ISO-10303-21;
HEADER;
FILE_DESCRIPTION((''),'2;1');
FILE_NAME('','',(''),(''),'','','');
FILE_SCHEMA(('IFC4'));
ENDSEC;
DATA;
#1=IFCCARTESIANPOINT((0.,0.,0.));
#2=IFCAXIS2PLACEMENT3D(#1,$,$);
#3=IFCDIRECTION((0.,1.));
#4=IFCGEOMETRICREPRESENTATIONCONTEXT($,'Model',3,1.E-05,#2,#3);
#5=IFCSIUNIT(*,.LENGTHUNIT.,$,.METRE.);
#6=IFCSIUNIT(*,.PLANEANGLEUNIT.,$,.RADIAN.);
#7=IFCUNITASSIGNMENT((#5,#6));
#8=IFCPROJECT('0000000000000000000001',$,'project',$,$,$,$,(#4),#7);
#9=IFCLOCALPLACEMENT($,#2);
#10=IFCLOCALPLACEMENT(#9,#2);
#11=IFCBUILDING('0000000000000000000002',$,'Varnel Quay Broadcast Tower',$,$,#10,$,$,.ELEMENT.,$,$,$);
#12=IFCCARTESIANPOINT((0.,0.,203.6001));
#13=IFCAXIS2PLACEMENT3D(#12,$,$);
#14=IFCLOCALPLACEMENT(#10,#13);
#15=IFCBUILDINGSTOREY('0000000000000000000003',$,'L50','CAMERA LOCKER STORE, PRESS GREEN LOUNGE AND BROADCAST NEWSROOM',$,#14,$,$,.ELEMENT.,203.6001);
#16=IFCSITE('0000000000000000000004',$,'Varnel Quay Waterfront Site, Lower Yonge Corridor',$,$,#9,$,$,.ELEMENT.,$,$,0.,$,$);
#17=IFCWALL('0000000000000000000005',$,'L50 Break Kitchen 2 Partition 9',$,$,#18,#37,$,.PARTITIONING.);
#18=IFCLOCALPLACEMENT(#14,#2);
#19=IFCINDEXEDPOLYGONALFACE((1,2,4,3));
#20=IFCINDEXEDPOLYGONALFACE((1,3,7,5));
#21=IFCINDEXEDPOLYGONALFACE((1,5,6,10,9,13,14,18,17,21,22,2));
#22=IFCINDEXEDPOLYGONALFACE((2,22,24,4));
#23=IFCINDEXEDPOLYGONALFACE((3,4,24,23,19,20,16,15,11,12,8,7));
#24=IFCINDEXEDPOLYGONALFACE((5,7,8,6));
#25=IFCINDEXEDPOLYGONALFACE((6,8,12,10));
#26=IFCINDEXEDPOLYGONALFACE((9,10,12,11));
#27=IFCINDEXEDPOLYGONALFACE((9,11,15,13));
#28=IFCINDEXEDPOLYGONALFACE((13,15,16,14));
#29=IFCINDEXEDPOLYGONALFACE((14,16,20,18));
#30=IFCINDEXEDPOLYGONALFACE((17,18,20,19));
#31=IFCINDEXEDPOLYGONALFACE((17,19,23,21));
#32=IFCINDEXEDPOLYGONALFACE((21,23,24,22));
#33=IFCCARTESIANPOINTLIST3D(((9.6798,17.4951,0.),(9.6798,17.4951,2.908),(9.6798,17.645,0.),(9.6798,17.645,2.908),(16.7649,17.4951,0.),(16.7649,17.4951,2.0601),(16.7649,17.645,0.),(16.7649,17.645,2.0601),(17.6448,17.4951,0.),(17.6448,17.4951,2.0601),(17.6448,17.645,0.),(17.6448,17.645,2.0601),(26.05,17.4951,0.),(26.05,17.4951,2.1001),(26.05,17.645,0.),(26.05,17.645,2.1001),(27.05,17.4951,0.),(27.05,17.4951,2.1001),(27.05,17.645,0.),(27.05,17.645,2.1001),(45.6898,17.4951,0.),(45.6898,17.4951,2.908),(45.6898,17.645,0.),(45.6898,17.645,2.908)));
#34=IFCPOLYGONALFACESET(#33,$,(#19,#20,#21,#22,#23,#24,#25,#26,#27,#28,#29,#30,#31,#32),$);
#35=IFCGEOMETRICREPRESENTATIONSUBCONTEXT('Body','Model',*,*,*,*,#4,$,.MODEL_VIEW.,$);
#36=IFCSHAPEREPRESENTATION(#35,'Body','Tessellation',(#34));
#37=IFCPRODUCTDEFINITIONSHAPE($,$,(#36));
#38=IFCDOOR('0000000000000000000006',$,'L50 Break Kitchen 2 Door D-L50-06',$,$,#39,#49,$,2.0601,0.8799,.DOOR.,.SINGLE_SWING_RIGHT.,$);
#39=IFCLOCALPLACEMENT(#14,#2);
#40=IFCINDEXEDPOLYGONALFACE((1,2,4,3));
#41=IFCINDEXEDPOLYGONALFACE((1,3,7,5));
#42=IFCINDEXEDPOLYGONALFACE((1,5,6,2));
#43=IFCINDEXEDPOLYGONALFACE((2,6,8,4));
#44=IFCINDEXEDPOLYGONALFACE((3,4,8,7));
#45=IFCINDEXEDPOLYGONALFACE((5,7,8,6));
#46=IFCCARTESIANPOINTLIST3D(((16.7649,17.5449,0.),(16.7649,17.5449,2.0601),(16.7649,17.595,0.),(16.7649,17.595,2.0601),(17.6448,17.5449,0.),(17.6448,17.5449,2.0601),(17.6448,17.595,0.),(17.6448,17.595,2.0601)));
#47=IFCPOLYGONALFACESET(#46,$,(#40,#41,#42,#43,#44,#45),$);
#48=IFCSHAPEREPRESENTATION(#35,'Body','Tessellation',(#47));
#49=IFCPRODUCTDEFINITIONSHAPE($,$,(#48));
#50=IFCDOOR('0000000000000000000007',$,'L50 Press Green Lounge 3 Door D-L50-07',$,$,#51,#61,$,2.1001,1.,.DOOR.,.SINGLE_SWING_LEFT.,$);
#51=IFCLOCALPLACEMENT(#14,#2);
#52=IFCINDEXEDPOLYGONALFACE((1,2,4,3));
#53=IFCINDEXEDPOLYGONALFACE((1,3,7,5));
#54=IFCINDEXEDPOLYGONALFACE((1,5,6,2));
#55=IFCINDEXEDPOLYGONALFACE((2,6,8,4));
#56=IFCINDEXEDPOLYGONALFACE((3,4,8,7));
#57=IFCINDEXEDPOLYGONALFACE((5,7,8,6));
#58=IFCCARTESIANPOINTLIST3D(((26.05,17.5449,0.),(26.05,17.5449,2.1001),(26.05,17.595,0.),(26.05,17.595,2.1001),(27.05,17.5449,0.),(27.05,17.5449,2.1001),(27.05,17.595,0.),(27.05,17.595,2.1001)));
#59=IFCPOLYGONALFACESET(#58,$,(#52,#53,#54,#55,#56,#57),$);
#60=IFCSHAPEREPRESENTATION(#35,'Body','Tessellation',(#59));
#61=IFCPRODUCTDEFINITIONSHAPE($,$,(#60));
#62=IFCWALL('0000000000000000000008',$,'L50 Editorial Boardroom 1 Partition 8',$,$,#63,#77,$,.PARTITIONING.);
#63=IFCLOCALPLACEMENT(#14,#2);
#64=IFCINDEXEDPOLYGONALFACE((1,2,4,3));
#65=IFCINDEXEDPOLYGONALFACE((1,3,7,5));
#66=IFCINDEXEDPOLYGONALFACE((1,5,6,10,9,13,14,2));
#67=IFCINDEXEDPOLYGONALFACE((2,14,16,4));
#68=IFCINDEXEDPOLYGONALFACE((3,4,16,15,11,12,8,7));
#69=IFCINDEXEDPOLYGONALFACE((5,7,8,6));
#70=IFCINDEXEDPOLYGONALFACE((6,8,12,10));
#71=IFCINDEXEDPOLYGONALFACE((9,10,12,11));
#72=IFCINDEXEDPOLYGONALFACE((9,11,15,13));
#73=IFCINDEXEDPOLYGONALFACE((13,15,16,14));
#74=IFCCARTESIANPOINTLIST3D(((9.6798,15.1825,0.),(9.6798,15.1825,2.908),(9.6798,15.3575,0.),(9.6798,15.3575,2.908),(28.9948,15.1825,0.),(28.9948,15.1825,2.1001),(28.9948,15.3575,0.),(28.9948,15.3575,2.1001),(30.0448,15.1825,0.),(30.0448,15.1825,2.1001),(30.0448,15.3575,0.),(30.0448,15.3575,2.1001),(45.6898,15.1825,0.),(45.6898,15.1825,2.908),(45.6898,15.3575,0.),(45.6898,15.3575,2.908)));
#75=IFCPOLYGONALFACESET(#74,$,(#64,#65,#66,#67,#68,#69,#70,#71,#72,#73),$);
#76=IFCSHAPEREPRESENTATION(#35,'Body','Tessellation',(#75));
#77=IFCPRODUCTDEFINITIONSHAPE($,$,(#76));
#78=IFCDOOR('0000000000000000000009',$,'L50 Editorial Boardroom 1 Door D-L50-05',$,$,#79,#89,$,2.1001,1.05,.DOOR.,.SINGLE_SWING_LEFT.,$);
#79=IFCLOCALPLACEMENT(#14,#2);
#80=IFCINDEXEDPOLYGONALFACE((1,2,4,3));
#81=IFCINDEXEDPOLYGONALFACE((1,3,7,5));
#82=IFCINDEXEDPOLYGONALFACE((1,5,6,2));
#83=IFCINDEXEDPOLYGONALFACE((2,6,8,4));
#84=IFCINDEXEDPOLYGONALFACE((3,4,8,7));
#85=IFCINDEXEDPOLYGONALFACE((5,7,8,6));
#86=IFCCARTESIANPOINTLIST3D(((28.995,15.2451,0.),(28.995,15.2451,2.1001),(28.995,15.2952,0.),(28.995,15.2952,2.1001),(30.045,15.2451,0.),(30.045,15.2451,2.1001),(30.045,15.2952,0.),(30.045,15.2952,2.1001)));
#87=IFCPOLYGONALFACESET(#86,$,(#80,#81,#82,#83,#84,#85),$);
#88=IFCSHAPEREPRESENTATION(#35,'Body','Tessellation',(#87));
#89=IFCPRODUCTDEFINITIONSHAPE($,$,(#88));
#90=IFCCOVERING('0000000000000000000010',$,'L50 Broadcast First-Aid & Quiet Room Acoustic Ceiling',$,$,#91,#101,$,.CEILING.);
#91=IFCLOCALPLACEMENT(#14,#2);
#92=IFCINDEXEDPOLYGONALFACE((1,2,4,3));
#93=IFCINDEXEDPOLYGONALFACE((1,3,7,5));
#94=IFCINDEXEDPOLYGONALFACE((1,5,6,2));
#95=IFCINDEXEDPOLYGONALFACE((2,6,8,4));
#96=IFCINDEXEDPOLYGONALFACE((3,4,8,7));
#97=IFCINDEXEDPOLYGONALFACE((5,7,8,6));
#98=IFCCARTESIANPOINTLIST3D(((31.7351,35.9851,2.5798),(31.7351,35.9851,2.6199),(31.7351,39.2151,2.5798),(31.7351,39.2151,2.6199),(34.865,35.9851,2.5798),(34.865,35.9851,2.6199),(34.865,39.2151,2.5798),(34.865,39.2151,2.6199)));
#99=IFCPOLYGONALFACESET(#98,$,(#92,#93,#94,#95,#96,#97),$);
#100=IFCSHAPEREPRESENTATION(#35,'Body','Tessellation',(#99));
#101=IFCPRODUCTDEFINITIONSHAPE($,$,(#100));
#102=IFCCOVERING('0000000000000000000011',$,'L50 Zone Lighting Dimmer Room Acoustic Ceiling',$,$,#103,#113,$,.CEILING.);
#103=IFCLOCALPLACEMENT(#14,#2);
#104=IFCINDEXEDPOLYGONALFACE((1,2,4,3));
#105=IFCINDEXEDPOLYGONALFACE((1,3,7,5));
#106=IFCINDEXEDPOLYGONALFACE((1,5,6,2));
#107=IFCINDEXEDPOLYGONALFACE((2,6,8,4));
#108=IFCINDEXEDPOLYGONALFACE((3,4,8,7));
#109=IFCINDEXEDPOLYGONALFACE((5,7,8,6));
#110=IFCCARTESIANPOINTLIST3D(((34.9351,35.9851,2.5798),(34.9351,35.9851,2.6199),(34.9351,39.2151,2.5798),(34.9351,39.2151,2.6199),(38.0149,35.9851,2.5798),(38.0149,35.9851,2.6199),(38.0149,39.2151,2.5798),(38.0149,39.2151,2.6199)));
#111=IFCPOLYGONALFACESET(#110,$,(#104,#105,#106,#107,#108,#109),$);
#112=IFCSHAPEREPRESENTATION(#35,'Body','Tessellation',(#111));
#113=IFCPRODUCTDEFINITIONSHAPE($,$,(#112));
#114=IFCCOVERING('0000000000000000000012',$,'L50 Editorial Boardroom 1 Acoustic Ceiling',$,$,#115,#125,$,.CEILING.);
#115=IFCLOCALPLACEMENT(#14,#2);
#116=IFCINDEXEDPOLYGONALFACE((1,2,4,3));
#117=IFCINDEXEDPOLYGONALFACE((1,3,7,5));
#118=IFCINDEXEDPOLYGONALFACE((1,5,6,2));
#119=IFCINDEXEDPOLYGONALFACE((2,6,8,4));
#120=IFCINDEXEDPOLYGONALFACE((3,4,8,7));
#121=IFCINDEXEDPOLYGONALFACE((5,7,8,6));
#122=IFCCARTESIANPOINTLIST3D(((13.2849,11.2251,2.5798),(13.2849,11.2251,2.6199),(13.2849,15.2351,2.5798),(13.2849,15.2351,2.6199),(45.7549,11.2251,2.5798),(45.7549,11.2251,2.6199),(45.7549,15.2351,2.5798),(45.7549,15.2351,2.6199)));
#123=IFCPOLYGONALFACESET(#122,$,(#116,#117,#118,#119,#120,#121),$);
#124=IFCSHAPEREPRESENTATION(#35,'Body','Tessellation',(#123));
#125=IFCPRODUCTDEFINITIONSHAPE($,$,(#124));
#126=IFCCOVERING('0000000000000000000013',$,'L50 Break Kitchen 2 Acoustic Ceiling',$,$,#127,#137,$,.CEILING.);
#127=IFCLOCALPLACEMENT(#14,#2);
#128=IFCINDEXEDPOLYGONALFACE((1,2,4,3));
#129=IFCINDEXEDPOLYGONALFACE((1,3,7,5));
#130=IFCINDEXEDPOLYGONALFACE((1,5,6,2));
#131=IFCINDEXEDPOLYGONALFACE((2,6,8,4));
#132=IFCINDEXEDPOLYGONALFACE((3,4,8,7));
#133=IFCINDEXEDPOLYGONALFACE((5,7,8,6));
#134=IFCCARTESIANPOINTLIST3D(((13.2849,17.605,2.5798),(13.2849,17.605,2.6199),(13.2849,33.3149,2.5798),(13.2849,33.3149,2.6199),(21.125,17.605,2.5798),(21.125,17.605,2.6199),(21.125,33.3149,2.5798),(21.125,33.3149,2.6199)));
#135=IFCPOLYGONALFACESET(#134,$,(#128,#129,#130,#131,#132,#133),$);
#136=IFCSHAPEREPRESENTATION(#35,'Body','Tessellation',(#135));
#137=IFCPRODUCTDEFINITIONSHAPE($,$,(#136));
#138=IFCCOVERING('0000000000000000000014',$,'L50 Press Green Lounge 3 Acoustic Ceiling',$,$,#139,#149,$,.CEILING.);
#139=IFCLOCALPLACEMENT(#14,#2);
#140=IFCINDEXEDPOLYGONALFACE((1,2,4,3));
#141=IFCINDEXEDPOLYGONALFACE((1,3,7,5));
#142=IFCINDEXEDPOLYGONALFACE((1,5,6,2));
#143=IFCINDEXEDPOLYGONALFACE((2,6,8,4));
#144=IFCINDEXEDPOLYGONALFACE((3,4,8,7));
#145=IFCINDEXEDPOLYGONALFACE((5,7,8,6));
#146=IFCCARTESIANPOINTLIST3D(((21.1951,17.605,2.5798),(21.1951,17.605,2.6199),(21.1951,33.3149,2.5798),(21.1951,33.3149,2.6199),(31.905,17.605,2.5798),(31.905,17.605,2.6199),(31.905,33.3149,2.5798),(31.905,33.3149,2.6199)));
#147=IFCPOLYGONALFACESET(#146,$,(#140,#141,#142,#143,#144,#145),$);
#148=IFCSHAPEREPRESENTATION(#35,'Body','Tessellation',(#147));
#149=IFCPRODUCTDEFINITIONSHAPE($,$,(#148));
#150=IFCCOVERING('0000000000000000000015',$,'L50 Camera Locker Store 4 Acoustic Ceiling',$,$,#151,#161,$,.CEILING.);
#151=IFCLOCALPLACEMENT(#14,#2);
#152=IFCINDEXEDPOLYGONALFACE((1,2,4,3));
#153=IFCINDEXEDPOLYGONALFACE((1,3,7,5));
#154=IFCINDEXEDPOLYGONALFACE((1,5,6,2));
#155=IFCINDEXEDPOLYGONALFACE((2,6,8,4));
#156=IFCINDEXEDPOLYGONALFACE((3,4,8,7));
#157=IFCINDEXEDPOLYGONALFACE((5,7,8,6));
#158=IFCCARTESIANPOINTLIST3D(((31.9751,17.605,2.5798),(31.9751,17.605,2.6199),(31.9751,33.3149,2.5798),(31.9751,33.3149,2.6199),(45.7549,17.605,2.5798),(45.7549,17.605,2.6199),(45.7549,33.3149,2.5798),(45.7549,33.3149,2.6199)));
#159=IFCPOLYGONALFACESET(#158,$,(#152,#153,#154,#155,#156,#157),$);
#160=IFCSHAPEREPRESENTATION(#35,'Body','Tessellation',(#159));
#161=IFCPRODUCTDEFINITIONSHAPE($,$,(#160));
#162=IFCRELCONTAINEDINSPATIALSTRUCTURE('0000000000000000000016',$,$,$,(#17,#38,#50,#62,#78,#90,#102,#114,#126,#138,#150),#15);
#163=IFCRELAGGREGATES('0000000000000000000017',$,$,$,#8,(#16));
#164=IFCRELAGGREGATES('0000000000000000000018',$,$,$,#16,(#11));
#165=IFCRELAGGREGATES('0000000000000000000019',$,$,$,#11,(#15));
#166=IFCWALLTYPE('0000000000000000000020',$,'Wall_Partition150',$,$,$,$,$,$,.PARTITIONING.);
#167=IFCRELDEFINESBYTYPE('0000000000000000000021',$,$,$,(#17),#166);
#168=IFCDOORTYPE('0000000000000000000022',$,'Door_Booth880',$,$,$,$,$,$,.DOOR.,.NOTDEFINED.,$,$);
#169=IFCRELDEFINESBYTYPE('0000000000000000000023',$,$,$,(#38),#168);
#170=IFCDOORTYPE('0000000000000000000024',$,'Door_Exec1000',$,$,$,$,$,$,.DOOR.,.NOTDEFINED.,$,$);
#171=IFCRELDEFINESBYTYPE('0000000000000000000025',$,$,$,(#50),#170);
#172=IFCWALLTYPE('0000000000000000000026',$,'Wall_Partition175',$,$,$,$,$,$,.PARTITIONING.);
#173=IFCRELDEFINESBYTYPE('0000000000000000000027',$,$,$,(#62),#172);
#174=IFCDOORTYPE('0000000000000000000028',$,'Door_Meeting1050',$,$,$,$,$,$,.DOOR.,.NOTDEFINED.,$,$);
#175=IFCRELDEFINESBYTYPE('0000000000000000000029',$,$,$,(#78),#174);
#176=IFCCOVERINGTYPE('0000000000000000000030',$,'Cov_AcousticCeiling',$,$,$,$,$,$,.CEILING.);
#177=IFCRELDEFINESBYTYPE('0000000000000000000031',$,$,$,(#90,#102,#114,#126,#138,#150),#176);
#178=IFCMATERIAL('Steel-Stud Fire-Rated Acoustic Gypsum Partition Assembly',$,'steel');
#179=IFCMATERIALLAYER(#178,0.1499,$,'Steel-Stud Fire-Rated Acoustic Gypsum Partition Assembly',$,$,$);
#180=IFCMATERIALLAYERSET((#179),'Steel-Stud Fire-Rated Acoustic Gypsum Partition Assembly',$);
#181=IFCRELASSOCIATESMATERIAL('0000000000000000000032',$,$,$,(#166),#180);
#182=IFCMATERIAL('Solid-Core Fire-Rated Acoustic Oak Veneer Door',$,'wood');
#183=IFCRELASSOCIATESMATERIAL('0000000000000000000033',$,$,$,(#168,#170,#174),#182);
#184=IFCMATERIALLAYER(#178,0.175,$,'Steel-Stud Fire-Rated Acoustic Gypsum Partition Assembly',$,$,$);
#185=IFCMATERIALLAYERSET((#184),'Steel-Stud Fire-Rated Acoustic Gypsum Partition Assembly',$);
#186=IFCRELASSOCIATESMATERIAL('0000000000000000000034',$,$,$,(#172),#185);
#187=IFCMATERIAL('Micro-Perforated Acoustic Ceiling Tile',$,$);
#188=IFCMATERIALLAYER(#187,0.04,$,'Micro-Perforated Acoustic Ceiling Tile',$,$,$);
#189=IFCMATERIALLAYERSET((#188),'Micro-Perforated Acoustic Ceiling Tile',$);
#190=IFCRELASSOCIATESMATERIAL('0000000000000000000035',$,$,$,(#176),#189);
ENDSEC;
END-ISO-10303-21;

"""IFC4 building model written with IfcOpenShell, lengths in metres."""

from ifc_helpers import new_model, si_unit, direction, frame, frame_2d, origin, place, context, subcontext, project, spatial, polyline, rectangle, outline, extrude, source, transform, mapped, material, layer, layer_set, type_object, type_shapes, element, fill, save


model = new_model("IFC4")

# Units and contexts
model_context = context("Model", 3, precision=1e-05, world=origin(), true_north=direction((0.0, 1.0)))
body_context = subcontext(model_context, "Body", "Model", "MODEL_VIEW")
ifc_project = project(units=[si_unit("LENGTHUNIT", "METRE"), si_unit("PLANEANGLEUNIT", "RADIAN")], contexts=[model_context])

# Site, building, storey
site_placement = place(None, origin())
site = spatial("IfcSite", under=ifc_project, at=site_placement, Name="Varnel Quay Waterfront Site, Lower Yonge Corridor", CompositionType="ELEMENT", RefElevation=0.0)
building_placement = place(site_placement, origin())
building = spatial("IfcBuilding", under=site, at=building_placement, Name="Varnel Quay Broadcast Tower", CompositionType="ELEMENT")
storey_placement = place(building_placement, frame((0.0, 0.0, 203.6001)))
storey = spatial("IfcBuildingStorey", under=building, at=storey_placement, Name="L50", Description="CAMERA LOCKER STORE, PRESS GREEN LOUNGE AND BROADCAST NEWSROOM", CompositionType="ELEMENT", Elevation=203.6001)

# Wall, openings, doors
ifc_material_1 = material(Name="Steel-Stud Fire-Rated Acoustic Gypsum Partition Assembly", Category="steel")
ifc_layer_1 = layer(ifc_material_1, 0.1499, Name="Steel-Stud Fire-Rated Acoustic Gypsum Partition Assembly")
ifc_layer_set_1 = layer_set([ifc_layer_1], Name="Steel-Stud Fire-Rated Acoustic Gypsum Partition Assembly")
wall_type_1 = type_object("IfcWallType", Name="Wall_Partition150", PredefinedType="PARTITIONING", material=ifc_layer_set_1)
wall_1_placement = place(storey_placement, frame((9.6799, 17.5701, 0.0), z_axis=(0.0, 0.0, 1.0), x_axis=(1.0, 0.0, 0.0)))
wall_1 = element("IfcWall", 1, at=wall_1_placement, inside=storey, type_object=wall_type_1, Name="L50 Break Kitchen 2 Partition 9", PredefinedType="PARTITIONING", context=body_context, shape_type="SweptSolid", body=[
    extrude(rectangle(XDim=36.01, YDim=0.1499, at=frame_2d((18.0049, 0.0))), origin(), (0.0, 0.0, 1.0), 2.908),
])
opening_1_placement = place(wall_1_placement, frame((7.085, 0.0, 0.0)))
opening_1 = element("IfcOpeningElement", 2, at=opening_1_placement, cuts=wall_1, PredefinedType="OPENING", context=body_context, shape_type="SweptSolid", body=[
    extrude(rectangle(XDim=0.8799, YDim=2.0601, at=frame_2d((0.4399, 1.03))), frame((0.0, 0.085, 0.0), z_axis=(0.0, -1.0, 0.0), x_axis=(1.0, 0.0, 0.0)), (0.0, 0.0, 1.0), 0.1699),
])
opening_2_placement = place(wall_1_placement, frame((16.3701, 0.0, 0.0)))
opening_2 = element("IfcOpeningElement", 3, at=opening_2_placement, cuts=wall_1, PredefinedType="OPENING", context=body_context, shape_type="SweptSolid", body=[
    extrude(rectangle(XDim=1.0, YDim=2.1001, at=frame_2d((0.5, 1.05))), frame((0.0, 0.085, 0.0), z_axis=(0.0, -1.0, 0.0), x_axis=(1.0, 0.0, 0.0)), (0.0, 0.0, 1.0), 0.1699),
])
ifc_material_2 = material(Name="Solid-Core Fire-Rated Acoustic Oak Veneer Door", Category="wood")
door_type_1 = type_object("IfcDoorType", Name="Door_Booth880", OperationType="NOTDEFINED", PredefinedType="DOOR", material=ifc_material_2)
shared_shape_1 = source(origin(), body_context, "Body", "SweptSolid", [
    extrude(rectangle(XDim=0.8799, YDim=2.0601, at=frame_2d((0.4399, 1.03))), frame((0.0, 0.0249, 0.0), z_axis=(0.0, -1.0, 0.0), x_axis=(1.0, 0.0, 0.0)), (0.0, 0.0, 1.0), 0.05),
])
type_shapes(door_type_1, [shared_shape_1])
door_1_placement = place(opening_1_placement, origin())
door_1 = element("IfcDoor", 4, at=door_1_placement, inside=storey, type_object=door_type_1, Name="L50 Break Kitchen 2 Door D-L50-06", OperationType="SINGLE_SWING_RIGHT", OverallHeight=2.0601, OverallWidth=0.8799, PredefinedType="DOOR", context=body_context, shape_type="MappedRepresentation", body=[
    mapped(shared_shape_1, transform((0.0, 0.0, 0.0), x_axis=(1.0, 0.0, 0.0), y_axis=(0.0, 1.0, 0.0), z_axis=(0.0, 0.0, 1.0), scale=1.0)),
])
fill(opening_1, door_1)
door_type_2 = type_object("IfcDoorType", Name="Door_Exec1000", OperationType="NOTDEFINED", PredefinedType="DOOR", material=ifc_material_2)
shared_shape_2 = source(origin(), body_context, "Body", "SweptSolid", [
    extrude(rectangle(XDim=1.0, YDim=2.1001, at=frame_2d((0.5, 1.05))), frame((0.0, 0.0249, 0.0), z_axis=(0.0, -1.0, 0.0), x_axis=(1.0, 0.0, 0.0)), (0.0, 0.0, 1.0), 0.05),
])
type_shapes(door_type_2, [shared_shape_2])
door_2_placement = place(opening_2_placement, origin())
door_2 = element("IfcDoor", 5, at=door_2_placement, inside=storey, type_object=door_type_2, Name="L50 Press Green Lounge 3 Door D-L50-07", OperationType="SINGLE_SWING_LEFT", OverallHeight=2.1001, OverallWidth=1.0, PredefinedType="DOOR", context=body_context, shape_type="MappedRepresentation", body=[
    mapped(shared_shape_2, transform((0.0, 0.0, 0.0), x_axis=(1.0, 0.0, 0.0), y_axis=(0.0, 1.0, 0.0), z_axis=(0.0, 0.0, 1.0), scale=1.0)),
])
fill(opening_2, door_2)

# Wall, opening, door
ifc_layer_2 = layer(ifc_material_1, 0.175, Name="Steel-Stud Fire-Rated Acoustic Gypsum Partition Assembly")
ifc_layer_set_2 = layer_set([ifc_layer_2], Name="Steel-Stud Fire-Rated Acoustic Gypsum Partition Assembly")
wall_type_2 = type_object("IfcWallType", Name="Wall_Partition175", PredefinedType="PARTITIONING", material=ifc_layer_set_2)
wall_2_placement = place(storey_placement, frame((9.6799, 15.27, 0.0), z_axis=(0.0, 0.0, 1.0), x_axis=(1.0, 0.0, 0.0)))
wall_2 = element("IfcWall", 6, at=wall_2_placement, inside=storey, type_object=wall_type_2, Name="L50 Editorial Boardroom 1 Partition 8", PredefinedType="PARTITIONING", context=body_context, shape_type="SweptSolid", body=[
    extrude(rectangle(XDim=36.01, YDim=0.175, at=frame_2d((18.0049, 0.0))), origin(), (0.0, 0.0, 1.0), 2.908),
])
opening_3_placement = place(wall_2_placement, frame((19.3149, 0.0, 0.0)))
opening_3 = element("IfcOpeningElement", 7, at=opening_3_placement, cuts=wall_2, PredefinedType="OPENING", context=body_context, shape_type="SweptSolid", body=[
    extrude(rectangle(XDim=1.05, YDim=2.1001, at=frame_2d((0.5249, 1.05))), frame((0.0, 0.0977, 0.0), z_axis=(0.0, -1.0, 0.0), x_axis=(1.0, 0.0, 0.0)), (0.0, 0.0, 1.0), 0.1951),
])
door_type_3 = type_object("IfcDoorType", Name="Door_Meeting1050", OperationType="NOTDEFINED", PredefinedType="DOOR", material=ifc_material_2)
shared_shape_3 = source(origin(), body_context, "Body", "SweptSolid", [
    extrude(rectangle(XDim=1.05, YDim=2.1001, at=frame_2d((0.5249, 1.05))), frame((0.0, 0.0249, 0.0), z_axis=(0.0, -1.0, 0.0), x_axis=(1.0, 0.0, 0.0)), (0.0, 0.0, 1.0), 0.05),
])
type_shapes(door_type_3, [shared_shape_3])
door_3_placement = place(opening_3_placement, frame((1.05, 0.0, 0.0), z_axis=(0.0, 0.0, 1.0), x_axis=(-1.0, 0.0, 0.0)))
door_3 = element("IfcDoor", 8, at=door_3_placement, inside=storey, type_object=door_type_3, Name="L50 Editorial Boardroom 1 Door D-L50-05", OperationType="SINGLE_SWING_LEFT", OverallHeight=2.1001, OverallWidth=1.05, PredefinedType="DOOR", context=body_context, shape_type="MappedRepresentation", body=[
    mapped(shared_shape_3, transform((0.0, 0.0, 0.0), x_axis=(1.0, 0.0, 0.0), y_axis=(0.0, 1.0, 0.0), z_axis=(0.0, 0.0, 1.0), scale=1.0)),
])
fill(opening_3, door_3)

# Coverings
ifc_material_3 = material(Name="Micro-Perforated Acoustic Ceiling Tile")
ifc_layer_3 = layer(ifc_material_3, 0.04, Name="Micro-Perforated Acoustic Ceiling Tile")
ifc_layer_set_3 = layer_set([ifc_layer_3], Name="Micro-Perforated Acoustic Ceiling Tile")
covering_type_1 = type_object("IfcCoveringType", Name="Cov_AcousticCeiling", PredefinedType="CEILING", material=ifc_layer_set_3)
covering_1_placement = place(storey_placement, frame((0.0, 0.0, 2.5798)))
element("IfcCovering", 9, at=covering_1_placement, inside=storey, type_object=covering_type_1, Name="L50 Broadcast First-Aid & Quiet Room Acoustic Ceiling", PredefinedType="CEILING", context=body_context, shape_type="SweptSolid", body=[
    extrude(outline(polyline([(31.7351, 35.9851), (34.865, 35.9851), (34.865, 39.2151), (31.7351, 39.2151), (31.7351, 35.9851)])), origin(), (0.0, 0.0, 1.0), 0.04),
])
covering_2_placement = place(storey_placement, frame((0.0, 0.0, 2.5798)))
element("IfcCovering", 10, at=covering_2_placement, inside=storey, type_object=covering_type_1, Name="L50 Zone Lighting Dimmer Room Acoustic Ceiling", PredefinedType="CEILING", context=body_context, shape_type="SweptSolid", body=[
    extrude(outline(polyline([(34.9351, 35.9851), (38.0149, 35.9851), (38.0149, 39.2151), (34.9351, 39.2151), (34.9351, 35.9851)])), origin(), (0.0, 0.0, 1.0), 0.04),
])
covering_3_placement = place(storey_placement, frame((0.0, 0.0, 2.5798)))
element("IfcCovering", 11, at=covering_3_placement, inside=storey, type_object=covering_type_1, Name="L50 Editorial Boardroom 1 Acoustic Ceiling", PredefinedType="CEILING", context=body_context, shape_type="SweptSolid", body=[
    extrude(outline(polyline([(13.2849, 11.2251), (45.7549, 11.2251), (45.7549, 15.2351), (13.2849, 15.2351), (13.2849, 11.2251)])), origin(), (0.0, 0.0, 1.0), 0.04),
])
covering_4_placement = place(storey_placement, frame((0.0, 0.0, 2.5798)))
element("IfcCovering", 12, at=covering_4_placement, inside=storey, type_object=covering_type_1, Name="L50 Break Kitchen 2 Acoustic Ceiling", PredefinedType="CEILING", context=body_context, shape_type="SweptSolid", body=[
    extrude(outline(polyline([(13.2849, 17.605), (21.125, 17.605), (21.125, 33.3149), (13.2849, 33.3149), (13.2849, 17.605)])), origin(), (0.0, 0.0, 1.0), 0.04),
])
covering_5_placement = place(storey_placement, frame((0.0, 0.0, 2.5798)))
element("IfcCovering", 13, at=covering_5_placement, inside=storey, type_object=covering_type_1, Name="L50 Press Green Lounge 3 Acoustic Ceiling", PredefinedType="CEILING", context=body_context, shape_type="SweptSolid", body=[
    extrude(outline(polyline([(21.1951, 17.605), (31.905, 17.605), (31.905, 33.3149), (21.1951, 33.3149), (21.1951, 17.605)])), origin(), (0.0, 0.0, 1.0), 0.04),
])
covering_6_placement = place(storey_placement, frame((0.0, 0.0, 2.5798)))
element("IfcCovering", 14, at=covering_6_placement, inside=storey, type_object=covering_type_1, Name="L50 Camera Locker Store 4 Acoustic Ceiling", PredefinedType="CEILING", context=body_context, shape_type="SweptSolid", body=[
    extrude(outline(polyline([(31.9751, 17.605), (45.7549, 17.605), (45.7549, 33.3149), (31.9751, 33.3149), (31.9751, 17.605)])), origin(), (0.0, 0.0, 1.0), 0.04),
])

save(model, "model.ifc")
